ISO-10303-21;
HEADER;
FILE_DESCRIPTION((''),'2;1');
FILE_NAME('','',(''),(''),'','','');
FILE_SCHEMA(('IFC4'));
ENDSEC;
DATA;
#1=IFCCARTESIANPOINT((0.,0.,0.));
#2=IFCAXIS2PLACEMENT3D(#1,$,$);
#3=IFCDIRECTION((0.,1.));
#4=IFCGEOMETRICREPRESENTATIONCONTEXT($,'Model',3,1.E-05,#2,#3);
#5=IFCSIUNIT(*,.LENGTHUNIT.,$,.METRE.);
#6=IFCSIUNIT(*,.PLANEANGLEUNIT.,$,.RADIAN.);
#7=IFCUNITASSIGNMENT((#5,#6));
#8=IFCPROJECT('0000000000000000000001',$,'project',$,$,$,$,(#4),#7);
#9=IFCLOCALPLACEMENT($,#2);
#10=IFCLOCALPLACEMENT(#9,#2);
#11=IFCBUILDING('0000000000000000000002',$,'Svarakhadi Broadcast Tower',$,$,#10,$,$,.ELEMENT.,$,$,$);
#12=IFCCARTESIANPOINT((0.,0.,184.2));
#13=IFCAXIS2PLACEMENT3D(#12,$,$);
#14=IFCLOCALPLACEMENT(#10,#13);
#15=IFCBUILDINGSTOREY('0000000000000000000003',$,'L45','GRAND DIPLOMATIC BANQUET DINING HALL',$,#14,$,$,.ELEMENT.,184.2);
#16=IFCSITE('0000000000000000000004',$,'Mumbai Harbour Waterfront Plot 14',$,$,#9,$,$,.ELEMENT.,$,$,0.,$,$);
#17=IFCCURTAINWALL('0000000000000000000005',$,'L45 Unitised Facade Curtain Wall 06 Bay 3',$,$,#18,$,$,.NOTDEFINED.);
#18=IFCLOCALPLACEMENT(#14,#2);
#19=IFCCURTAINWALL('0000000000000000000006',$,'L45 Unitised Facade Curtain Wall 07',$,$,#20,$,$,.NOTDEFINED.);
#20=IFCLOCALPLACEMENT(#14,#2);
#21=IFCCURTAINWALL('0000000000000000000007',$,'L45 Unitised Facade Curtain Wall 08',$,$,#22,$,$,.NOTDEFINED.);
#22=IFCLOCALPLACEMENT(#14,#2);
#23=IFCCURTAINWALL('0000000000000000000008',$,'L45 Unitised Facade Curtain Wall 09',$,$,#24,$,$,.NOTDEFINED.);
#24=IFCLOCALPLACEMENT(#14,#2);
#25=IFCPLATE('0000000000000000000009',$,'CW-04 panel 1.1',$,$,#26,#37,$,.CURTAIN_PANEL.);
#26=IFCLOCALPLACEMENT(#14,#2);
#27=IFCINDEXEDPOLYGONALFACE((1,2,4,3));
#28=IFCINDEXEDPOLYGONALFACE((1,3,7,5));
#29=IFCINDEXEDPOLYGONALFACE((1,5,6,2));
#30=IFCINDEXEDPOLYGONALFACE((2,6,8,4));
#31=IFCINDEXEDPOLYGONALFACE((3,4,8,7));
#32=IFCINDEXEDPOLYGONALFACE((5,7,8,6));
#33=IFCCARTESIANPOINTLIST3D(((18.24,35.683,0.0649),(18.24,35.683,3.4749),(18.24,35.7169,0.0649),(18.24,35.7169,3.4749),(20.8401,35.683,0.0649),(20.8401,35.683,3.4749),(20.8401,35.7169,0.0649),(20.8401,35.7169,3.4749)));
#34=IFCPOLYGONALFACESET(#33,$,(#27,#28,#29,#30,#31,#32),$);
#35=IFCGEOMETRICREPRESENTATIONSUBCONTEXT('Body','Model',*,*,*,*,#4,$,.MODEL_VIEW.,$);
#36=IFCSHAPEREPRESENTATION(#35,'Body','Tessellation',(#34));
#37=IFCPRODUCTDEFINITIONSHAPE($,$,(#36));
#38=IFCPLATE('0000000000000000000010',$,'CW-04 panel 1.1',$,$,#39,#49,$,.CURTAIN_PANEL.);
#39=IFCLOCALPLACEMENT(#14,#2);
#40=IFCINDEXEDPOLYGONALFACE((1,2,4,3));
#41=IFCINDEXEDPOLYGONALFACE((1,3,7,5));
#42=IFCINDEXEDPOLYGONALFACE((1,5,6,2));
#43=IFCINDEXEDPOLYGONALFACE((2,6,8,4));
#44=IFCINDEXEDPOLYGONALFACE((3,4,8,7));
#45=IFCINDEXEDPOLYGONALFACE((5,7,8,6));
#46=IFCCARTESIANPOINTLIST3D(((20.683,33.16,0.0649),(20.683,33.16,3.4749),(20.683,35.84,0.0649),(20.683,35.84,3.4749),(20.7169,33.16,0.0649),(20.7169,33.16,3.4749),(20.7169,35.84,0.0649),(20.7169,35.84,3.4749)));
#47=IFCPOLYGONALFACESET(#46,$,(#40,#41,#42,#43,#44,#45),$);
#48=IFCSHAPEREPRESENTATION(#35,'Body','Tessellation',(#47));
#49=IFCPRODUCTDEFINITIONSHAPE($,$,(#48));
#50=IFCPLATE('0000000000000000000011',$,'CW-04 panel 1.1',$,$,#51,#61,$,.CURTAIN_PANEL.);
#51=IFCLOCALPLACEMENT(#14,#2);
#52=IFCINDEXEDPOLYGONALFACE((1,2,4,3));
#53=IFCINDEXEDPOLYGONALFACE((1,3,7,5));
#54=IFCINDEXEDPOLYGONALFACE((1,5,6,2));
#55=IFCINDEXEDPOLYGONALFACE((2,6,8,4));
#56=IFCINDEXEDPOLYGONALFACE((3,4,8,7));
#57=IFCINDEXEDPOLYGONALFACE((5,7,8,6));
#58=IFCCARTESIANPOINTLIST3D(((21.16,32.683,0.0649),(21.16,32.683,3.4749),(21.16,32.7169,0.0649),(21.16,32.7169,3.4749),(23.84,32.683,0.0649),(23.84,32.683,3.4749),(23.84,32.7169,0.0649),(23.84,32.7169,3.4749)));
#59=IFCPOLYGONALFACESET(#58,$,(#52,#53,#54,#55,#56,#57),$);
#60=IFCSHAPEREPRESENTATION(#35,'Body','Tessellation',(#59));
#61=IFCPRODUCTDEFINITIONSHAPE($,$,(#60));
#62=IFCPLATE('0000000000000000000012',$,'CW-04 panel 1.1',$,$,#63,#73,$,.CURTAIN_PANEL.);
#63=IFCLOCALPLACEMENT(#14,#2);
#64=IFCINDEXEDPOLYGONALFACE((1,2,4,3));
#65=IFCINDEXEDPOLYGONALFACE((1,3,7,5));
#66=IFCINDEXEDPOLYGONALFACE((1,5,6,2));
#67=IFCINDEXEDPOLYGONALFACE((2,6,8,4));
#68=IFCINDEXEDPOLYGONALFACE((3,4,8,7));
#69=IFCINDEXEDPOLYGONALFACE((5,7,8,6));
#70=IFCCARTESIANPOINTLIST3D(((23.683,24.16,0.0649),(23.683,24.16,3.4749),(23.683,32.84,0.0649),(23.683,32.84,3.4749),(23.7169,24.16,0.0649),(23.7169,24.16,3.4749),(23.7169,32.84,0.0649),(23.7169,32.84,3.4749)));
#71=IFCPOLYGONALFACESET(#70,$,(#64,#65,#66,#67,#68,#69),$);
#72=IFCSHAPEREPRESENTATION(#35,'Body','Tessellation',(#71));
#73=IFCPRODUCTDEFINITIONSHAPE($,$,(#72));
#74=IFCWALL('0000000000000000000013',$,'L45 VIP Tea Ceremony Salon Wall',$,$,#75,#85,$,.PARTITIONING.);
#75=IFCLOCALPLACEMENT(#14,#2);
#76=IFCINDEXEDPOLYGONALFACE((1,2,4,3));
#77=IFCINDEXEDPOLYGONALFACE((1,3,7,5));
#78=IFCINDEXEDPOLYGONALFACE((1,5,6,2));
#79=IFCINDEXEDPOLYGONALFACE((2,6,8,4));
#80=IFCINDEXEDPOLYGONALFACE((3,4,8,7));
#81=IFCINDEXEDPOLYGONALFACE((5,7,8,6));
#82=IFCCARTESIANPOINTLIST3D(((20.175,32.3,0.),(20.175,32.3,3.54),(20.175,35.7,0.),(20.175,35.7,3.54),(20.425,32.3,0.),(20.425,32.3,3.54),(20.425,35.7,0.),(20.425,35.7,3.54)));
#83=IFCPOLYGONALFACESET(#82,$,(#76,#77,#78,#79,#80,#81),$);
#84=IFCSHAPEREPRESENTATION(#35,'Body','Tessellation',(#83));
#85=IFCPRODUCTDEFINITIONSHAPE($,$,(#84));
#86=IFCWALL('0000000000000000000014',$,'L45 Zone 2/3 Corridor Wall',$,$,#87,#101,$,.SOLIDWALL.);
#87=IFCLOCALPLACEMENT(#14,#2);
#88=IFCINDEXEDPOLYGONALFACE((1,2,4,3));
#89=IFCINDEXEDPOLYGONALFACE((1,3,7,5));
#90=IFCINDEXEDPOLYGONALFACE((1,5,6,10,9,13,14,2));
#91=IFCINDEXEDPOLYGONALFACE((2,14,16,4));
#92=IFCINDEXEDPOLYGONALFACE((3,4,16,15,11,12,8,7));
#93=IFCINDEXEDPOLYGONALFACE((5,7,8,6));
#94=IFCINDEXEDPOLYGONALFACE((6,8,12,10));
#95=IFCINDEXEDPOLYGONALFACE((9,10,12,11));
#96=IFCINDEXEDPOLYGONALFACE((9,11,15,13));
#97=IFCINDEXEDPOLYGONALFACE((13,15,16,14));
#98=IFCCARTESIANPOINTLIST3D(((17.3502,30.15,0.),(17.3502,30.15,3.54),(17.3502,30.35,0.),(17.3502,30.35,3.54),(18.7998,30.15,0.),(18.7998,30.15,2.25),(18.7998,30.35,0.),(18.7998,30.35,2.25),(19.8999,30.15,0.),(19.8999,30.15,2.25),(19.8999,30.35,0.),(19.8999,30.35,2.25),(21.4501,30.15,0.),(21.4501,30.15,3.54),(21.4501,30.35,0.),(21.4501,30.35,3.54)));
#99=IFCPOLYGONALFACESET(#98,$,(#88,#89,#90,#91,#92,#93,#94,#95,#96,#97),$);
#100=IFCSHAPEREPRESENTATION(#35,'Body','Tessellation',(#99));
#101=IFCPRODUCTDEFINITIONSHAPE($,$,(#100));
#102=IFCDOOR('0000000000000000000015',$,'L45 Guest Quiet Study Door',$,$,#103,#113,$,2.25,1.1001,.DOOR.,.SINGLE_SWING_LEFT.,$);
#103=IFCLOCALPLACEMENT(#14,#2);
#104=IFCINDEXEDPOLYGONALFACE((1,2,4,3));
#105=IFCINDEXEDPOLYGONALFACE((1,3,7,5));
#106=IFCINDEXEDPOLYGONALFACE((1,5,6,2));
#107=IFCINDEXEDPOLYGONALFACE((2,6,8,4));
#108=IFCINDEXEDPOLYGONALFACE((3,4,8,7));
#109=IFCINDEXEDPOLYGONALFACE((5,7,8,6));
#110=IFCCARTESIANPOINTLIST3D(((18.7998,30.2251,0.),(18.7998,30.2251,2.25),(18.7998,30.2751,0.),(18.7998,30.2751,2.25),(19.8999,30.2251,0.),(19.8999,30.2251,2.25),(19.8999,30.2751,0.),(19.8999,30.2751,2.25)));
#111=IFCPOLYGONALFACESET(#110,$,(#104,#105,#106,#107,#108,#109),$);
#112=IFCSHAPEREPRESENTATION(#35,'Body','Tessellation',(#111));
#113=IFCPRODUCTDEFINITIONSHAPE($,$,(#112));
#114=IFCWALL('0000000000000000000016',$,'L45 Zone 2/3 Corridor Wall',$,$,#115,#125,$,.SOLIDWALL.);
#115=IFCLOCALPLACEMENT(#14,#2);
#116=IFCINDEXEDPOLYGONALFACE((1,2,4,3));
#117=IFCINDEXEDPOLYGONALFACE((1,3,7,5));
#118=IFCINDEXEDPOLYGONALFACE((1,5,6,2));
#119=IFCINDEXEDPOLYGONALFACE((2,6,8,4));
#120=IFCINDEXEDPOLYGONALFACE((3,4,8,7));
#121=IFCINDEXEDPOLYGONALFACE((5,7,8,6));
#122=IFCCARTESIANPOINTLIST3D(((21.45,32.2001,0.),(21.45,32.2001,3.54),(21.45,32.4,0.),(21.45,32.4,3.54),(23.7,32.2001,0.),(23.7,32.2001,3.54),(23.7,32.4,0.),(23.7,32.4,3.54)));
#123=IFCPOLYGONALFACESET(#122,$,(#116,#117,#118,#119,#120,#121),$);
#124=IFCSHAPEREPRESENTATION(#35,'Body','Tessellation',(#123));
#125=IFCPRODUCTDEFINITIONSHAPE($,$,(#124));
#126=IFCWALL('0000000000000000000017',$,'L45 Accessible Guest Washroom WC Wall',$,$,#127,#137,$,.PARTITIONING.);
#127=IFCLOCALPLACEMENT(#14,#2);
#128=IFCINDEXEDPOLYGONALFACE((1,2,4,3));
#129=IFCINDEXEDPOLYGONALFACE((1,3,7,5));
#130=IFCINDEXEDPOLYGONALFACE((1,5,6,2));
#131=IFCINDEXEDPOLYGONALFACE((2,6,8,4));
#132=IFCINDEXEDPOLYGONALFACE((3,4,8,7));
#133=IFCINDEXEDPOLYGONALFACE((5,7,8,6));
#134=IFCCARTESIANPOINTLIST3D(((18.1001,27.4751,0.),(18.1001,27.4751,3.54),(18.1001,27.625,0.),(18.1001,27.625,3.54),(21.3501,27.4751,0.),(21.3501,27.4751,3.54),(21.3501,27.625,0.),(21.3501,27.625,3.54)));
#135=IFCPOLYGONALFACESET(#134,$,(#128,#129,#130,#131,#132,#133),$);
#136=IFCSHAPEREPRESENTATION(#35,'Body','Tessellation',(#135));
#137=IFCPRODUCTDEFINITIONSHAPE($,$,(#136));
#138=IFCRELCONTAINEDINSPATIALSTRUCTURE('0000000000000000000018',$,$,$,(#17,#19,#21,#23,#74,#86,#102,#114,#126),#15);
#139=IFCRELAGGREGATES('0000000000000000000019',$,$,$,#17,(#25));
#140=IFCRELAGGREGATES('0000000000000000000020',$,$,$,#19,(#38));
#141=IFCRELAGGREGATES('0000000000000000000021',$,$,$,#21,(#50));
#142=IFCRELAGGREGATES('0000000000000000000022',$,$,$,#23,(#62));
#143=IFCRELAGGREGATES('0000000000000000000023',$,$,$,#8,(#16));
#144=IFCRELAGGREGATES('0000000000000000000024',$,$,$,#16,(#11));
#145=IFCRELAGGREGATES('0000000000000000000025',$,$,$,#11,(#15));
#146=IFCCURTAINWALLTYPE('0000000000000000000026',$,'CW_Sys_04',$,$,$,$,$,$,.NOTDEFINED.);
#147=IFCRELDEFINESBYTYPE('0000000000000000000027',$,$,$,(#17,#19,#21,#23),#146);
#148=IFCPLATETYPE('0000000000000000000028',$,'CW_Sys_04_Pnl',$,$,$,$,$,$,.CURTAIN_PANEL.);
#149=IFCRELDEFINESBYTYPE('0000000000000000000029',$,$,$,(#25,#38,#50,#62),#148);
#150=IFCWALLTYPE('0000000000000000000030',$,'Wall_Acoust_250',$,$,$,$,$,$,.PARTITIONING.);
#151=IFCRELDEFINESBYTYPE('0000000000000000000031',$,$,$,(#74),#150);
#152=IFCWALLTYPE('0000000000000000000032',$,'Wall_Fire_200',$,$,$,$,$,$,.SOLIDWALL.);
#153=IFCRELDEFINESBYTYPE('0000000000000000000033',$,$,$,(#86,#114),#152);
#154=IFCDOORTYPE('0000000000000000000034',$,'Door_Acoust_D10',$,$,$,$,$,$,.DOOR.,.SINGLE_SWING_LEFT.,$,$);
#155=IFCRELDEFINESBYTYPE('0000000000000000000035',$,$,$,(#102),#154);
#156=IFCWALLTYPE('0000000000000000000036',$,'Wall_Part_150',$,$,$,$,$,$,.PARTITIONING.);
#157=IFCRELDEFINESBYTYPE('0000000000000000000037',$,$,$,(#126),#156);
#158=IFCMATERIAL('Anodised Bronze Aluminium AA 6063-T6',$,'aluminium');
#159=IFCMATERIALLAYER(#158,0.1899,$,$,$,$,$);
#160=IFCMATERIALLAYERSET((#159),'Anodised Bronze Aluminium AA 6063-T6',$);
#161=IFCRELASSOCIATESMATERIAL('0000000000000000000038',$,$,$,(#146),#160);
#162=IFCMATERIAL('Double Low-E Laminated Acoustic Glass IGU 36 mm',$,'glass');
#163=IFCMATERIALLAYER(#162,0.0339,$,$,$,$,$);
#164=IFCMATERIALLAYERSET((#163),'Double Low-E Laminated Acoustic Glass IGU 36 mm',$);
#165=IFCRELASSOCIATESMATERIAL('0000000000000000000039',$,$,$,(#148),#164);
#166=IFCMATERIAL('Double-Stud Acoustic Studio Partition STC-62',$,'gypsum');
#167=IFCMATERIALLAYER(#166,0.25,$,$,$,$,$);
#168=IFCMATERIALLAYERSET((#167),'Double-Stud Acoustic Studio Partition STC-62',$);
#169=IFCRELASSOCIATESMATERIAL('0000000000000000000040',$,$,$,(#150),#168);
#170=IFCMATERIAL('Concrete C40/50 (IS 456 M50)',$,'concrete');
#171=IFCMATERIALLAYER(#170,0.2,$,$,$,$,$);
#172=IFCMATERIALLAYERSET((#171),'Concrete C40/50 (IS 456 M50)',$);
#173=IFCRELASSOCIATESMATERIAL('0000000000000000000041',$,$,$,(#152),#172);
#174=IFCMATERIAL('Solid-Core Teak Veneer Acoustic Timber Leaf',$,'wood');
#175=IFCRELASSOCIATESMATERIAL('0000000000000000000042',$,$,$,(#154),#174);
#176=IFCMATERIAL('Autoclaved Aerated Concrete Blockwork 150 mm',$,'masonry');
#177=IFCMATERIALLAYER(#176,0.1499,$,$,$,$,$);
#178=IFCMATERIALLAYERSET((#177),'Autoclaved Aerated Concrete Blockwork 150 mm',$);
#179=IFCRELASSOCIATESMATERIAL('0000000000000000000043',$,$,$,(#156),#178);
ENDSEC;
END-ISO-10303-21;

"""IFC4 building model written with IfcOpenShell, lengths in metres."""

from ifc_helpers import new_model, si_unit, direction, frame, frame_2d, origin, origin_2d, place, context, subcontext, project, spatial, rectangle, extrude, material, layer, layer_set, type_object, element, fill, aggregate, save


model = new_model("IFC4")

# Units and contexts
model_context = context("Model", 3, precision=1e-05, world=origin(), true_north=direction((0.0, 1.0)))
body_context = subcontext(model_context, "Body", "Model", "MODEL_VIEW")
ifc_project = project(units=[si_unit("LENGTHUNIT", "METRE"), si_unit("PLANEANGLEUNIT", "RADIAN")], contexts=[model_context])

# Site, building, storey
site_placement = place(None, origin())
site = spatial("IfcSite", under=ifc_project, at=site_placement, Name="Mumbai Harbour Waterfront Plot 14", CompositionType="ELEMENT", RefElevation=0.0)
building_placement = place(site_placement, origin())
building = spatial("IfcBuilding", under=site, at=building_placement, Name="Svarakhadi Broadcast Tower", CompositionType="ELEMENT")
storey_placement = place(building_placement, frame((0.0, 0.0, 184.2)))
storey = spatial("IfcBuildingStorey", under=building, at=storey_placement, Name="L45", Description="GRAND DIPLOMATIC BANQUET DINING HALL", CompositionType="ELEMENT", Elevation=184.2)

# Curtain walls
ifc_material_1 = material(Name="Anodised Bronze Aluminium AA 6063-T6", Category="aluminium")
ifc_layer_1 = layer(ifc_material_1, 0.1899)
ifc_layer_set_1 = layer_set([ifc_layer_1], Name="Anodised Bronze Aluminium AA 6063-T6")
curtain_wall_type = type_object("IfcCurtainWallType", Name="CW_Sys_04", PredefinedType="NOTDEFINED", material=ifc_layer_set_1)
curtain_wall_1_placement = place(storey_placement, origin())
curtain_wall_1 = element("IfcCurtainWall", 1, at=curtain_wall_1_placement, inside=storey, type_object=curtain_wall_type, Name="L45 Unitised Facade Curtain Wall 06 Bay 3", PredefinedType="NOTDEFINED")
curtain_wall_2_placement = place(storey_placement, origin())
curtain_wall_2 = element("IfcCurtainWall", 2, at=curtain_wall_2_placement, inside=storey, type_object=curtain_wall_type, Name="L45 Unitised Facade Curtain Wall 07", PredefinedType="NOTDEFINED")
curtain_wall_3_placement = place(storey_placement, origin())
curtain_wall_3 = element("IfcCurtainWall", 3, at=curtain_wall_3_placement, inside=storey, type_object=curtain_wall_type, Name="L45 Unitised Facade Curtain Wall 08", PredefinedType="NOTDEFINED")

# Curtain wall
curtain_wall_4_placement = place(storey_placement, origin())
curtain_wall_4 = element("IfcCurtainWall", 4, at=curtain_wall_4_placement, inside=storey, type_object=curtain_wall_type, Name="L45 Unitised Facade Curtain Wall 09", PredefinedType="NOTDEFINED")

# Plates
ifc_material_2 = material(Name="Double Low-E Laminated Acoustic Glass IGU 36 mm", Category="glass")
ifc_layer_2 = layer(ifc_material_2, 0.0339)
ifc_layer_set_2 = layer_set([ifc_layer_2], Name="Double Low-E Laminated Acoustic Glass IGU 36 mm")
plate_type = type_object("IfcPlateType", Name="CW_Sys_04_Pnl", PredefinedType="CURTAIN_PANEL", material=ifc_layer_set_2)
plate_1_placement = place(storey_placement, frame((19.54, 35.7, 0.0649), z_axis=(0.0, 0.0, 1.0), x_axis=(1.0, 0.0, 0.0)))
plate_1 = element("IfcPlate", 5, at=plate_1_placement, type_object=plate_type, Name="CW-04 panel 1.1", PredefinedType="CURTAIN_PANEL", context=body_context, shape_type="SweptSolid", body=[
    extrude(rectangle(XDim=2.6001, YDim=0.0339, at=origin_2d()), origin(), (0.0, 0.0, 1.0), 3.4099),
])
aggregate(curtain_wall_1, [plate_1])
plate_2_placement = place(storey_placement, frame((20.7, 34.5, 0.0649), z_axis=(0.0, 0.0, 1.0), x_axis=(0.0, -1.0, 0.0)))
plate_2 = element("IfcPlate", 6, at=plate_2_placement, type_object=plate_type, Name="CW-04 panel 1.1", PredefinedType="CURTAIN_PANEL", context=body_context, shape_type="SweptSolid", body=[
    extrude(rectangle(XDim=2.6799, YDim=0.0339, at=origin_2d()), origin(), (0.0, 0.0, 1.0), 3.4099),
])
aggregate(curtain_wall_2, [plate_2])
plate_3_placement = place(storey_placement, frame((22.5, 32.7, 0.0649), z_axis=(0.0, 0.0, 1.0), x_axis=(1.0, 0.0, 0.0)))
plate_3 = element("IfcPlate", 7, at=plate_3_placement, type_object=plate_type, Name="CW-04 panel 1.1", PredefinedType="CURTAIN_PANEL", context=body_context, shape_type="SweptSolid", body=[
    extrude(rectangle(XDim=2.6799, YDim=0.0339, at=origin_2d()), origin(), (0.0, 0.0, 1.0), 3.4099),
])
aggregate(curtain_wall_3, [plate_3])
plate_4_placement = place(storey_placement, frame((23.7, 28.5, 0.0649), z_axis=(0.0, 0.0, 1.0), x_axis=(0.0, -1.0, 0.0)))
plate_4 = element("IfcPlate", 8, at=plate_4_placement, type_object=plate_type, Name="CW-04 panel 1.1", PredefinedType="CURTAIN_PANEL", context=body_context, shape_type="SweptSolid", body=[
    extrude(rectangle(XDim=8.6799, YDim=0.0339, at=origin_2d()), origin(), (0.0, 0.0, 1.0), 3.4099),
])
aggregate(curtain_wall_4, [plate_4])

# Wall
ifc_material_3 = material(Name="Double-Stud Acoustic Studio Partition STC-62", Category="gypsum")
ifc_layer_3 = layer(ifc_material_3, 0.25)
ifc_layer_set_3 = layer_set([ifc_layer_3], Name="Double-Stud Acoustic Studio Partition STC-62")
wall_type_1 = type_object("IfcWallType", Name="Wall_Acoust_250", PredefinedType="PARTITIONING", material=ifc_layer_set_3)
wall_1_placement = place(storey_placement, frame((20.3, 32.3, 0.0), z_axis=(0.0, 0.0, 1.0), x_axis=(0.0, 1.0, 0.0)))
element("IfcWall", 9, at=wall_1_placement, inside=storey, type_object=wall_type_1, Name="L45 VIP Tea Ceremony Salon Wall", PredefinedType="PARTITIONING", context=body_context, shape_type="SweptSolid", body=[
    extrude(rectangle(XDim=3.3999, YDim=0.25, at=frame_2d((1.7, 0.0))), origin(), (0.0, 0.0, 1.0), 3.54),
])

# Wall, opening, door
ifc_material_4 = material(Name="Concrete C40/50 (IS 456 M50)", Category="concrete")
ifc_layer_4 = layer(ifc_material_4, 0.2)
ifc_layer_set_4 = layer_set([ifc_layer_4], Name="Concrete C40/50 (IS 456 M50)")
wall_type_2 = type_object("IfcWallType", Name="Wall_Fire_200", PredefinedType="SOLIDWALL", material=ifc_layer_set_4)
wall_2_placement = place(storey_placement, frame((21.45, 30.25, 0.0), z_axis=(0.0, 0.0, 1.0), x_axis=(-1.0, 0.0, 0.0)))
wall_2 = element("IfcWall", 10, at=wall_2_placement, inside=storey, type_object=wall_type_2, Name="L45 Zone 2/3 Corridor Wall", PredefinedType="SOLIDWALL", context=body_context, shape_type="SweptSolid", body=[
    extrude(rectangle(XDim=4.0999, YDim=0.2, at=frame_2d((2.0498, 0.0))), origin(), (0.0, 0.0, 1.0), 3.54),
])
opening_placement = place(wall_2_placement, frame((1.55, 0.0, 0.0)))
opening = element("IfcOpeningElement", 11, at=opening_placement, cuts=wall_2, PredefinedType="OPENING", context=body_context, shape_type="SweptSolid", body=[
    extrude(rectangle(XDim=1.1001, YDim=2.25, at=frame_2d((0.55, 1.125))), frame((0.0, 0.1099, 0.0), z_axis=(0.0, -1.0, 0.0), x_axis=(1.0, 0.0, 0.0)), (0.0, 0.0, 1.0), 0.22),
])
ifc_material_5 = material(Name="Solid-Core Teak Veneer Acoustic Timber Leaf", Category="wood")
door_type = type_object("IfcDoorType", Name="Door_Acoust_D10", OperationType="SINGLE_SWING_LEFT", PredefinedType="DOOR", material=ifc_material_5)
door_placement = place(opening_placement, origin())
door = element("IfcDoor", 12, at=door_placement, inside=storey, type_object=door_type, Name="L45 Guest Quiet Study Door", OperationType="SINGLE_SWING_LEFT", OverallHeight=2.25, OverallWidth=1.1001, PredefinedType="DOOR", context=body_context, shape_type="SweptSolid", body=[
    extrude(rectangle(XDim=1.1001, YDim=2.25, at=frame_2d((0.55, 1.125))), frame((0.0, 0.0249, 0.0), z_axis=(0.0, -1.0, 0.0), x_axis=(1.0, 0.0, 0.0)), (0.0, 0.0, 1.0), 0.05),
])
fill(opening, door)

# Walls
wall_3_placement = place(storey_placement, frame((21.45, 32.3, 0.0), z_axis=(0.0, 0.0, 1.0), x_axis=(1.0, 0.0, 0.0)))
element("IfcWall", 13, at=wall_3_placement, inside=storey, type_object=wall_type_2, Name="L45 Zone 2/3 Corridor Wall", PredefinedType="SOLIDWALL", context=body_context, shape_type="SweptSolid", body=[
    extrude(rectangle(XDim=2.25, YDim=0.2, at=frame_2d((1.125, 0.0))), origin(), (0.0, 0.0, 1.0), 3.54),
])
ifc_material_6 = material(Name="Autoclaved Aerated Concrete Blockwork 150 mm", Category="masonry")
ifc_layer_5 = layer(ifc_material_6, 0.1499)
ifc_layer_set_5 = layer_set([ifc_layer_5], Name="Autoclaved Aerated Concrete Blockwork 150 mm")
wall_type_3 = type_object("IfcWallType", Name="Wall_Part_150", PredefinedType="PARTITIONING", material=ifc_layer_set_5)
wall_4_placement = place(storey_placement, frame((18.1001, 27.55, 0.0), z_axis=(0.0, 0.0, 1.0), x_axis=(1.0, 0.0, 0.0)))
element("IfcWall", 14, at=wall_4_placement, inside=storey, type_object=wall_type_3, Name="L45 Accessible Guest Washroom WC Wall", PredefinedType="PARTITIONING", context=body_context, shape_type="SweptSolid", body=[
    extrude(rectangle(XDim=3.25, YDim=0.1499, at=frame_2d((1.625, 0.0))), origin(), (0.0, 0.0, 1.0), 3.54),
])

save(model, "model.ifc")
